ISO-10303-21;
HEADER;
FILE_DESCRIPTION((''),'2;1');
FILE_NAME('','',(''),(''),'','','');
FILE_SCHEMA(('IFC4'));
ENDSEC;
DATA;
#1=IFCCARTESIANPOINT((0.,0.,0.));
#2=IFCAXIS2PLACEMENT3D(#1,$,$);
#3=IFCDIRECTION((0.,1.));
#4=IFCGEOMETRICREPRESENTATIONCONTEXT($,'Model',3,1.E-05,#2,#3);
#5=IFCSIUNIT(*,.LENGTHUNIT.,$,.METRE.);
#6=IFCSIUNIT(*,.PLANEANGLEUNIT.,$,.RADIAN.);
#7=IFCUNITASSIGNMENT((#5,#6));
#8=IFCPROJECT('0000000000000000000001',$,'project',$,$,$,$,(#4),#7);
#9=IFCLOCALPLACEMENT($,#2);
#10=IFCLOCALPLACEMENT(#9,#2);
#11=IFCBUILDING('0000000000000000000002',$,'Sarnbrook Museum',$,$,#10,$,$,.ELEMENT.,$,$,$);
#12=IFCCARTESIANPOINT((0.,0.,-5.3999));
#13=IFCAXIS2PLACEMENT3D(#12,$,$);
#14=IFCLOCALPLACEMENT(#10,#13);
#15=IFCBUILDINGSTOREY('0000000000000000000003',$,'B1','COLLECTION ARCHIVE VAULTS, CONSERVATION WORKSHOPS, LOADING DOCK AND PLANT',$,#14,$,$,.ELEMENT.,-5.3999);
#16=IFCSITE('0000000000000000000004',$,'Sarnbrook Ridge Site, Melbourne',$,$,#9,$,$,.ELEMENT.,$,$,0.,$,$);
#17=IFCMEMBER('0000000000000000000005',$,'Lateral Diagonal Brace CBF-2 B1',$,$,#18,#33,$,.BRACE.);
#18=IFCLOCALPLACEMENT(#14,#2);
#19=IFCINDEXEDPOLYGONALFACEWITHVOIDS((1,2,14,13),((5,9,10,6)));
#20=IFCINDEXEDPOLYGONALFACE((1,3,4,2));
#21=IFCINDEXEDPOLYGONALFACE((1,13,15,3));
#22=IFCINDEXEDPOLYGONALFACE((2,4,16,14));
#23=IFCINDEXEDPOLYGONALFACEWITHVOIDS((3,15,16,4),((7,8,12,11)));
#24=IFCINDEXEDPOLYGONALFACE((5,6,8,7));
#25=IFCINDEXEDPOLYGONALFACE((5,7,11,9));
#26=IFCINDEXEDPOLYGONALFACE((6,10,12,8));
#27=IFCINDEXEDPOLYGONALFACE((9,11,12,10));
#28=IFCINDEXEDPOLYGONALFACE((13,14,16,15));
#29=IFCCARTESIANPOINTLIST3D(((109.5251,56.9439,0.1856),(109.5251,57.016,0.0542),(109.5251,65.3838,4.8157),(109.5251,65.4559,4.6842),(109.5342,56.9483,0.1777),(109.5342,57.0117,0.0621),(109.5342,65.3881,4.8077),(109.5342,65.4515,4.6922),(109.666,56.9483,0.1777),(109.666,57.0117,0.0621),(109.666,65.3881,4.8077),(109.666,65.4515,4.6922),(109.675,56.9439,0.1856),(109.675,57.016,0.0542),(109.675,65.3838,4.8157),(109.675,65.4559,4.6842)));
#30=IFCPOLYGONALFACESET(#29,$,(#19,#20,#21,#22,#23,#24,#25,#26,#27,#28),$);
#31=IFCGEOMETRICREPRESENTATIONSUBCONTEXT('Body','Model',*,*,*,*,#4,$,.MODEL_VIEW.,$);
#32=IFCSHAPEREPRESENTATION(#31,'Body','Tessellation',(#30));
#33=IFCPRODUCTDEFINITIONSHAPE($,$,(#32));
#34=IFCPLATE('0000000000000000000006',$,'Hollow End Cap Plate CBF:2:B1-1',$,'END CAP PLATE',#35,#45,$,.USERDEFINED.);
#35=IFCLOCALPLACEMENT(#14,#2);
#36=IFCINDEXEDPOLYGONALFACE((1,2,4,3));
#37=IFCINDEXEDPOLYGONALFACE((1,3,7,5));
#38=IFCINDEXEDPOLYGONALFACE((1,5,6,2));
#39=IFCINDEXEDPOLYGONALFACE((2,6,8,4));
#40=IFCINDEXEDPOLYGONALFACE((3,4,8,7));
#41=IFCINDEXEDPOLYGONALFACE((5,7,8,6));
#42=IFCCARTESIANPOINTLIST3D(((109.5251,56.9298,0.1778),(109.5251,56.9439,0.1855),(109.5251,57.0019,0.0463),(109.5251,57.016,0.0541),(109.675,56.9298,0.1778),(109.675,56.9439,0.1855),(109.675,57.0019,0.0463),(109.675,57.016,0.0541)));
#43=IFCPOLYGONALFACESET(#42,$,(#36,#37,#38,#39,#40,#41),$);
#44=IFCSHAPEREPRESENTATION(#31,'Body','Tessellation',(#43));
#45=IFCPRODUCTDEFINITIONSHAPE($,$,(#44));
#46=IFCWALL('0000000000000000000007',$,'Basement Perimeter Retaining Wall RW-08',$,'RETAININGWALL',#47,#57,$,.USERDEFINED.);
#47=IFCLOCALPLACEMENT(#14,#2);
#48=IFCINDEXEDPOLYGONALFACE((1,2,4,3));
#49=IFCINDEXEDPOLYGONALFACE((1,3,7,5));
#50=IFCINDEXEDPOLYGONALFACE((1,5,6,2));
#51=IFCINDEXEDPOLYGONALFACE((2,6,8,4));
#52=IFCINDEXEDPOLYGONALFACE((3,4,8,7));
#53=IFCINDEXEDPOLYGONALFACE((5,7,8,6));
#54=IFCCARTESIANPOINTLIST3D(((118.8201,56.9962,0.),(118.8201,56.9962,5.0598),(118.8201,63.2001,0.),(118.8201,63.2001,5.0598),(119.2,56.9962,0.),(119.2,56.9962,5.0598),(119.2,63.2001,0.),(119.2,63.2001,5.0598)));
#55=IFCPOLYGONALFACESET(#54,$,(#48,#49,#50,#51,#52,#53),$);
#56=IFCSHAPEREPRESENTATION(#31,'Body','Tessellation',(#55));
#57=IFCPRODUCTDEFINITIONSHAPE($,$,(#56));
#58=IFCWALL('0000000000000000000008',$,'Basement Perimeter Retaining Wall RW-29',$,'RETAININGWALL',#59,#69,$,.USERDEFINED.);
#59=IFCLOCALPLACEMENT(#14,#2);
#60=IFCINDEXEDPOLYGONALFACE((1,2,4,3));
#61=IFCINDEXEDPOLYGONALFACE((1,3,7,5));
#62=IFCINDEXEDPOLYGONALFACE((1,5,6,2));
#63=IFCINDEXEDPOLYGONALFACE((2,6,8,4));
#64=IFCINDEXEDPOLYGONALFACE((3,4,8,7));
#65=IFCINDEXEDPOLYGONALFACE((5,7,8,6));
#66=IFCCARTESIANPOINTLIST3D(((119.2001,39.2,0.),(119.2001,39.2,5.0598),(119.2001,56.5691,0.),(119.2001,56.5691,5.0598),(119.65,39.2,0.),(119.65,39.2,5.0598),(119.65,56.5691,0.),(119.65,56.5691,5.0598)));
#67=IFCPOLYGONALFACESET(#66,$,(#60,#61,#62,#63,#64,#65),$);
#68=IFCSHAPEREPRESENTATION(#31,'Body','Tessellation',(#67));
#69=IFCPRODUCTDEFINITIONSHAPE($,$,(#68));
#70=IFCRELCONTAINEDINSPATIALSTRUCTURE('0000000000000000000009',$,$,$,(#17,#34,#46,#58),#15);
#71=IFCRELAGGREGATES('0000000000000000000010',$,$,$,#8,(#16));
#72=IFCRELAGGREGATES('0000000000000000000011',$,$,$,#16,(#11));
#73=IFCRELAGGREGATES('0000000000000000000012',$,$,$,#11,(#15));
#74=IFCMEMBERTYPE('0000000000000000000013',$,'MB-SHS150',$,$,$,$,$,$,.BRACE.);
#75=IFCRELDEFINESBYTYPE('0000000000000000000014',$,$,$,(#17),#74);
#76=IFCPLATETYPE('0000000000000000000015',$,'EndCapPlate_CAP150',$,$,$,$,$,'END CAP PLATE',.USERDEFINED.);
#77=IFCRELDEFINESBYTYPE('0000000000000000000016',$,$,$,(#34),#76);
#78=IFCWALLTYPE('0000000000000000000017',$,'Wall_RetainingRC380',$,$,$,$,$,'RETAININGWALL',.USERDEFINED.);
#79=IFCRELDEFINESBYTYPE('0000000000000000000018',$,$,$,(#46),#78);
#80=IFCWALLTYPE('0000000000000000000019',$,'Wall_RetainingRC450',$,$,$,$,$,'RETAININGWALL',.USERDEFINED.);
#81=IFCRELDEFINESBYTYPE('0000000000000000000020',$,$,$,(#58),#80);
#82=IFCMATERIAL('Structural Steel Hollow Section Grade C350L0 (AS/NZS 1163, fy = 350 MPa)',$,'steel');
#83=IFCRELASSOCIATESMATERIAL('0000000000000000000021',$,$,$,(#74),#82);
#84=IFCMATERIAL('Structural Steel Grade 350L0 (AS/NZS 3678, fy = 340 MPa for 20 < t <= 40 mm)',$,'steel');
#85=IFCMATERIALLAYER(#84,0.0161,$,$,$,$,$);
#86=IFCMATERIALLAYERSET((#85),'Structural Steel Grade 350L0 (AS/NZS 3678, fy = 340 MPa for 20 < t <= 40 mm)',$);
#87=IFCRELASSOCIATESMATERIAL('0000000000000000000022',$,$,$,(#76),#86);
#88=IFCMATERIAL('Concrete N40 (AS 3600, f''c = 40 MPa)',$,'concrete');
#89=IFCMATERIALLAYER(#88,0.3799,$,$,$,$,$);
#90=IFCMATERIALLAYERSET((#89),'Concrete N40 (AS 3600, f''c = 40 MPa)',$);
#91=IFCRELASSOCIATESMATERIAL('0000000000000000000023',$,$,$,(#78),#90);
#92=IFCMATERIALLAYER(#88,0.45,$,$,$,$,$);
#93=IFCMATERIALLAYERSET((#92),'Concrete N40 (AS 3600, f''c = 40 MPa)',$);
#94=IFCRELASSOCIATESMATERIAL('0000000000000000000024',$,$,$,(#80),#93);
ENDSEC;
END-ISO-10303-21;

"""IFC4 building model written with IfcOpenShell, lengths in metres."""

from ifc_helpers import new_model, si_unit, direction, frame, frame_2d, origin, origin_2d, place, context, subcontext, project, spatial, rectangle, hollow_rectangle, extrude, material, layer, layer_set, material_profile, profile_set, type_object, element, save


model = new_model("IFC4")

# Units and contexts
model_context = context("Model", 3, precision=1e-05, world=origin(), true_north=direction((0.0, 1.0)))
body_context = subcontext(model_context, "Body", "Model", "MODEL_VIEW")
ifc_project = project(units=[si_unit("LENGTHUNIT", "METRE"), si_unit("PLANEANGLEUNIT", "RADIAN")], contexts=[model_context])

# Site, building, storey
site_placement = place(None, origin())
site = spatial("IfcSite", under=ifc_project, at=site_placement, Name="Sarnbrook Ridge Site, Melbourne", CompositionType="ELEMENT", RefElevation=0.0)
building_placement = place(site_placement, origin())
building = spatial("IfcBuilding", under=site, at=building_placement, Name="Sarnbrook Museum", CompositionType="ELEMENT")
storey_placement = place(building_placement, frame((0.0, 0.0, -5.3999)))
storey = spatial("IfcBuildingStorey", under=building, at=storey_placement, Name="B1", Description="COLLECTION ARCHIVE VAULTS, CONSERVATION WORKSHOPS, LOADING DOCK AND PLANT", CompositionType="ELEMENT", Elevation=-5.3999)

# Shared definitions
ifc_material_1 = material(Name="Concrete N40 (AS 3600, f'c = 40 MPa)", Category="concrete")

# Shared definitions
ifc_material_2 = material(Name="Structural Steel Grade 350L0 (AS/NZS 3678, fy = 340 MPa for 20 < t <= 40 mm)", Category="steel")

# Member
ifc_material_3 = material(Name="Structural Steel Hollow Section Grade C350L0 (AS/NZS 1163, fy = 350 MPa)", Category="steel")
ifc_material_profile_1 = material_profile(ifc_material_3, hollow_rectangle(XDim=0.1499, YDim=0.1499, WallThickness=0.009, at=origin_2d()), Name="150x150x9.0SHS")
ifc_profile_set_1 = profile_set([ifc_material_profile_1], Name="Structural Steel Hollow Section Grade C350L0 (AS/NZS 1163, fy = 350 MPa)")
member_type = type_object("IfcMemberType", Name="MB-SHS150", PredefinedType="BRACE", material=ifc_profile_set_1)
member_placement = place(storey_placement, frame((109.6001, 56.98, 0.1199), z_axis=(0.0, 0.876735, 0.480974), x_axis=(-1.0, 0.0, 0.0)))
element("IfcMember", 1, at=member_placement, inside=storey, type_object=member_type, Name="Lateral Diagonal Brace CBF-2 B1", PredefinedType="BRACE", context=body_context, shape_type="SweptSolid", body=[
    extrude(hollow_rectangle(XDim=0.1499, YDim=0.1499, WallThickness=0.009, at=origin_2d()), origin(), (0.0, 0.0, 1.0), 9.6265),
])

# Plate
ifc_layer_1 = layer(ifc_material_2, 0.0161)
ifc_layer_set_1 = layer_set([ifc_layer_1], Name="Structural Steel Grade 350L0 (AS/NZS 3678, fy = 340 MPa for 20 < t <= 40 mm)")
plate_type = type_object("IfcPlateType", Name="EndCapPlate_CAP150", ElementType="END CAP PLATE", PredefinedType="USERDEFINED", material=ifc_layer_set_1)
plate_placement = place(storey_placement, frame((109.6001, 56.9658, 0.1121), z_axis=(0.0, 0.876742, 0.480961), x_axis=(-1.0, 0.0, 0.0)))
element("IfcPlate", 2, at=plate_placement, inside=storey, type_object=plate_type, Name="Hollow End Cap Plate CBF:2:B1-1", ObjectType="END CAP PLATE", PredefinedType="USERDEFINED", context=body_context, shape_type="SweptSolid", body=[
    extrude(rectangle(XDim=0.1499, YDim=0.1499, at=origin_2d()), origin(), (0.0, 0.0, 1.0), 0.0161),
])

# Walls
ifc_layer_2 = layer(ifc_material_1, 0.3799)
ifc_layer_set_2 = layer_set([ifc_layer_2], Name="Concrete N40 (AS 3600, f'c = 40 MPa)")
wall_type_1 = type_object("IfcWallType", Name="Wall_RetainingRC380", ElementType="RETAININGWALL", PredefinedType="USERDEFINED", material=ifc_layer_set_2)
wall_1_placement = place(storey_placement, frame((119.01, 56.9961, 0.0), z_axis=(0.0, 0.0, 1.0), x_axis=(0.0, 1.0, 0.0)))
element("IfcWall", 3, at=wall_1_placement, inside=storey, type_object=wall_type_1, Name="Basement Perimeter Retaining Wall RW-08", ObjectType="RETAININGWALL", PredefinedType="USERDEFINED", context=body_context, shape_type="SweptSolid", body=[
    extrude(rectangle(XDim=6.2039, YDim=0.3799, at=frame_2d((3.1021, 0.0))), origin(), (0.0, 0.0, 1.0), 5.0598),
])
ifc_layer_3 = layer(ifc_material_1, 0.45)
ifc_layer_set_3 = layer_set([ifc_layer_3], Name="Concrete N40 (AS 3600, f'c = 40 MPa)")
wall_type_2 = type_object("IfcWallType", Name="Wall_RetainingRC450", ElementType="RETAININGWALL", PredefinedType="USERDEFINED", material=ifc_layer_set_3)
wall_2_placement = place(storey_placement, frame((119.425, 56.5691, 0.0), z_axis=(0.0, 0.0, 1.0), x_axis=(0.0, -1.0, 0.0)))
element("IfcWall", 4, at=wall_2_placement, inside=storey, type_object=wall_type_2, Name="Basement Perimeter Retaining Wall RW-29", ObjectType="RETAININGWALL", PredefinedType="USERDEFINED", context=body_context, shape_type="SweptSolid", body=[
    extrude(rectangle(XDim=17.3691, YDim=0.45, at=frame_2d((8.6846, 0.0))), origin(), (0.0, 0.0, 1.0), 5.0598),
])

save(model, "model.ifc")
